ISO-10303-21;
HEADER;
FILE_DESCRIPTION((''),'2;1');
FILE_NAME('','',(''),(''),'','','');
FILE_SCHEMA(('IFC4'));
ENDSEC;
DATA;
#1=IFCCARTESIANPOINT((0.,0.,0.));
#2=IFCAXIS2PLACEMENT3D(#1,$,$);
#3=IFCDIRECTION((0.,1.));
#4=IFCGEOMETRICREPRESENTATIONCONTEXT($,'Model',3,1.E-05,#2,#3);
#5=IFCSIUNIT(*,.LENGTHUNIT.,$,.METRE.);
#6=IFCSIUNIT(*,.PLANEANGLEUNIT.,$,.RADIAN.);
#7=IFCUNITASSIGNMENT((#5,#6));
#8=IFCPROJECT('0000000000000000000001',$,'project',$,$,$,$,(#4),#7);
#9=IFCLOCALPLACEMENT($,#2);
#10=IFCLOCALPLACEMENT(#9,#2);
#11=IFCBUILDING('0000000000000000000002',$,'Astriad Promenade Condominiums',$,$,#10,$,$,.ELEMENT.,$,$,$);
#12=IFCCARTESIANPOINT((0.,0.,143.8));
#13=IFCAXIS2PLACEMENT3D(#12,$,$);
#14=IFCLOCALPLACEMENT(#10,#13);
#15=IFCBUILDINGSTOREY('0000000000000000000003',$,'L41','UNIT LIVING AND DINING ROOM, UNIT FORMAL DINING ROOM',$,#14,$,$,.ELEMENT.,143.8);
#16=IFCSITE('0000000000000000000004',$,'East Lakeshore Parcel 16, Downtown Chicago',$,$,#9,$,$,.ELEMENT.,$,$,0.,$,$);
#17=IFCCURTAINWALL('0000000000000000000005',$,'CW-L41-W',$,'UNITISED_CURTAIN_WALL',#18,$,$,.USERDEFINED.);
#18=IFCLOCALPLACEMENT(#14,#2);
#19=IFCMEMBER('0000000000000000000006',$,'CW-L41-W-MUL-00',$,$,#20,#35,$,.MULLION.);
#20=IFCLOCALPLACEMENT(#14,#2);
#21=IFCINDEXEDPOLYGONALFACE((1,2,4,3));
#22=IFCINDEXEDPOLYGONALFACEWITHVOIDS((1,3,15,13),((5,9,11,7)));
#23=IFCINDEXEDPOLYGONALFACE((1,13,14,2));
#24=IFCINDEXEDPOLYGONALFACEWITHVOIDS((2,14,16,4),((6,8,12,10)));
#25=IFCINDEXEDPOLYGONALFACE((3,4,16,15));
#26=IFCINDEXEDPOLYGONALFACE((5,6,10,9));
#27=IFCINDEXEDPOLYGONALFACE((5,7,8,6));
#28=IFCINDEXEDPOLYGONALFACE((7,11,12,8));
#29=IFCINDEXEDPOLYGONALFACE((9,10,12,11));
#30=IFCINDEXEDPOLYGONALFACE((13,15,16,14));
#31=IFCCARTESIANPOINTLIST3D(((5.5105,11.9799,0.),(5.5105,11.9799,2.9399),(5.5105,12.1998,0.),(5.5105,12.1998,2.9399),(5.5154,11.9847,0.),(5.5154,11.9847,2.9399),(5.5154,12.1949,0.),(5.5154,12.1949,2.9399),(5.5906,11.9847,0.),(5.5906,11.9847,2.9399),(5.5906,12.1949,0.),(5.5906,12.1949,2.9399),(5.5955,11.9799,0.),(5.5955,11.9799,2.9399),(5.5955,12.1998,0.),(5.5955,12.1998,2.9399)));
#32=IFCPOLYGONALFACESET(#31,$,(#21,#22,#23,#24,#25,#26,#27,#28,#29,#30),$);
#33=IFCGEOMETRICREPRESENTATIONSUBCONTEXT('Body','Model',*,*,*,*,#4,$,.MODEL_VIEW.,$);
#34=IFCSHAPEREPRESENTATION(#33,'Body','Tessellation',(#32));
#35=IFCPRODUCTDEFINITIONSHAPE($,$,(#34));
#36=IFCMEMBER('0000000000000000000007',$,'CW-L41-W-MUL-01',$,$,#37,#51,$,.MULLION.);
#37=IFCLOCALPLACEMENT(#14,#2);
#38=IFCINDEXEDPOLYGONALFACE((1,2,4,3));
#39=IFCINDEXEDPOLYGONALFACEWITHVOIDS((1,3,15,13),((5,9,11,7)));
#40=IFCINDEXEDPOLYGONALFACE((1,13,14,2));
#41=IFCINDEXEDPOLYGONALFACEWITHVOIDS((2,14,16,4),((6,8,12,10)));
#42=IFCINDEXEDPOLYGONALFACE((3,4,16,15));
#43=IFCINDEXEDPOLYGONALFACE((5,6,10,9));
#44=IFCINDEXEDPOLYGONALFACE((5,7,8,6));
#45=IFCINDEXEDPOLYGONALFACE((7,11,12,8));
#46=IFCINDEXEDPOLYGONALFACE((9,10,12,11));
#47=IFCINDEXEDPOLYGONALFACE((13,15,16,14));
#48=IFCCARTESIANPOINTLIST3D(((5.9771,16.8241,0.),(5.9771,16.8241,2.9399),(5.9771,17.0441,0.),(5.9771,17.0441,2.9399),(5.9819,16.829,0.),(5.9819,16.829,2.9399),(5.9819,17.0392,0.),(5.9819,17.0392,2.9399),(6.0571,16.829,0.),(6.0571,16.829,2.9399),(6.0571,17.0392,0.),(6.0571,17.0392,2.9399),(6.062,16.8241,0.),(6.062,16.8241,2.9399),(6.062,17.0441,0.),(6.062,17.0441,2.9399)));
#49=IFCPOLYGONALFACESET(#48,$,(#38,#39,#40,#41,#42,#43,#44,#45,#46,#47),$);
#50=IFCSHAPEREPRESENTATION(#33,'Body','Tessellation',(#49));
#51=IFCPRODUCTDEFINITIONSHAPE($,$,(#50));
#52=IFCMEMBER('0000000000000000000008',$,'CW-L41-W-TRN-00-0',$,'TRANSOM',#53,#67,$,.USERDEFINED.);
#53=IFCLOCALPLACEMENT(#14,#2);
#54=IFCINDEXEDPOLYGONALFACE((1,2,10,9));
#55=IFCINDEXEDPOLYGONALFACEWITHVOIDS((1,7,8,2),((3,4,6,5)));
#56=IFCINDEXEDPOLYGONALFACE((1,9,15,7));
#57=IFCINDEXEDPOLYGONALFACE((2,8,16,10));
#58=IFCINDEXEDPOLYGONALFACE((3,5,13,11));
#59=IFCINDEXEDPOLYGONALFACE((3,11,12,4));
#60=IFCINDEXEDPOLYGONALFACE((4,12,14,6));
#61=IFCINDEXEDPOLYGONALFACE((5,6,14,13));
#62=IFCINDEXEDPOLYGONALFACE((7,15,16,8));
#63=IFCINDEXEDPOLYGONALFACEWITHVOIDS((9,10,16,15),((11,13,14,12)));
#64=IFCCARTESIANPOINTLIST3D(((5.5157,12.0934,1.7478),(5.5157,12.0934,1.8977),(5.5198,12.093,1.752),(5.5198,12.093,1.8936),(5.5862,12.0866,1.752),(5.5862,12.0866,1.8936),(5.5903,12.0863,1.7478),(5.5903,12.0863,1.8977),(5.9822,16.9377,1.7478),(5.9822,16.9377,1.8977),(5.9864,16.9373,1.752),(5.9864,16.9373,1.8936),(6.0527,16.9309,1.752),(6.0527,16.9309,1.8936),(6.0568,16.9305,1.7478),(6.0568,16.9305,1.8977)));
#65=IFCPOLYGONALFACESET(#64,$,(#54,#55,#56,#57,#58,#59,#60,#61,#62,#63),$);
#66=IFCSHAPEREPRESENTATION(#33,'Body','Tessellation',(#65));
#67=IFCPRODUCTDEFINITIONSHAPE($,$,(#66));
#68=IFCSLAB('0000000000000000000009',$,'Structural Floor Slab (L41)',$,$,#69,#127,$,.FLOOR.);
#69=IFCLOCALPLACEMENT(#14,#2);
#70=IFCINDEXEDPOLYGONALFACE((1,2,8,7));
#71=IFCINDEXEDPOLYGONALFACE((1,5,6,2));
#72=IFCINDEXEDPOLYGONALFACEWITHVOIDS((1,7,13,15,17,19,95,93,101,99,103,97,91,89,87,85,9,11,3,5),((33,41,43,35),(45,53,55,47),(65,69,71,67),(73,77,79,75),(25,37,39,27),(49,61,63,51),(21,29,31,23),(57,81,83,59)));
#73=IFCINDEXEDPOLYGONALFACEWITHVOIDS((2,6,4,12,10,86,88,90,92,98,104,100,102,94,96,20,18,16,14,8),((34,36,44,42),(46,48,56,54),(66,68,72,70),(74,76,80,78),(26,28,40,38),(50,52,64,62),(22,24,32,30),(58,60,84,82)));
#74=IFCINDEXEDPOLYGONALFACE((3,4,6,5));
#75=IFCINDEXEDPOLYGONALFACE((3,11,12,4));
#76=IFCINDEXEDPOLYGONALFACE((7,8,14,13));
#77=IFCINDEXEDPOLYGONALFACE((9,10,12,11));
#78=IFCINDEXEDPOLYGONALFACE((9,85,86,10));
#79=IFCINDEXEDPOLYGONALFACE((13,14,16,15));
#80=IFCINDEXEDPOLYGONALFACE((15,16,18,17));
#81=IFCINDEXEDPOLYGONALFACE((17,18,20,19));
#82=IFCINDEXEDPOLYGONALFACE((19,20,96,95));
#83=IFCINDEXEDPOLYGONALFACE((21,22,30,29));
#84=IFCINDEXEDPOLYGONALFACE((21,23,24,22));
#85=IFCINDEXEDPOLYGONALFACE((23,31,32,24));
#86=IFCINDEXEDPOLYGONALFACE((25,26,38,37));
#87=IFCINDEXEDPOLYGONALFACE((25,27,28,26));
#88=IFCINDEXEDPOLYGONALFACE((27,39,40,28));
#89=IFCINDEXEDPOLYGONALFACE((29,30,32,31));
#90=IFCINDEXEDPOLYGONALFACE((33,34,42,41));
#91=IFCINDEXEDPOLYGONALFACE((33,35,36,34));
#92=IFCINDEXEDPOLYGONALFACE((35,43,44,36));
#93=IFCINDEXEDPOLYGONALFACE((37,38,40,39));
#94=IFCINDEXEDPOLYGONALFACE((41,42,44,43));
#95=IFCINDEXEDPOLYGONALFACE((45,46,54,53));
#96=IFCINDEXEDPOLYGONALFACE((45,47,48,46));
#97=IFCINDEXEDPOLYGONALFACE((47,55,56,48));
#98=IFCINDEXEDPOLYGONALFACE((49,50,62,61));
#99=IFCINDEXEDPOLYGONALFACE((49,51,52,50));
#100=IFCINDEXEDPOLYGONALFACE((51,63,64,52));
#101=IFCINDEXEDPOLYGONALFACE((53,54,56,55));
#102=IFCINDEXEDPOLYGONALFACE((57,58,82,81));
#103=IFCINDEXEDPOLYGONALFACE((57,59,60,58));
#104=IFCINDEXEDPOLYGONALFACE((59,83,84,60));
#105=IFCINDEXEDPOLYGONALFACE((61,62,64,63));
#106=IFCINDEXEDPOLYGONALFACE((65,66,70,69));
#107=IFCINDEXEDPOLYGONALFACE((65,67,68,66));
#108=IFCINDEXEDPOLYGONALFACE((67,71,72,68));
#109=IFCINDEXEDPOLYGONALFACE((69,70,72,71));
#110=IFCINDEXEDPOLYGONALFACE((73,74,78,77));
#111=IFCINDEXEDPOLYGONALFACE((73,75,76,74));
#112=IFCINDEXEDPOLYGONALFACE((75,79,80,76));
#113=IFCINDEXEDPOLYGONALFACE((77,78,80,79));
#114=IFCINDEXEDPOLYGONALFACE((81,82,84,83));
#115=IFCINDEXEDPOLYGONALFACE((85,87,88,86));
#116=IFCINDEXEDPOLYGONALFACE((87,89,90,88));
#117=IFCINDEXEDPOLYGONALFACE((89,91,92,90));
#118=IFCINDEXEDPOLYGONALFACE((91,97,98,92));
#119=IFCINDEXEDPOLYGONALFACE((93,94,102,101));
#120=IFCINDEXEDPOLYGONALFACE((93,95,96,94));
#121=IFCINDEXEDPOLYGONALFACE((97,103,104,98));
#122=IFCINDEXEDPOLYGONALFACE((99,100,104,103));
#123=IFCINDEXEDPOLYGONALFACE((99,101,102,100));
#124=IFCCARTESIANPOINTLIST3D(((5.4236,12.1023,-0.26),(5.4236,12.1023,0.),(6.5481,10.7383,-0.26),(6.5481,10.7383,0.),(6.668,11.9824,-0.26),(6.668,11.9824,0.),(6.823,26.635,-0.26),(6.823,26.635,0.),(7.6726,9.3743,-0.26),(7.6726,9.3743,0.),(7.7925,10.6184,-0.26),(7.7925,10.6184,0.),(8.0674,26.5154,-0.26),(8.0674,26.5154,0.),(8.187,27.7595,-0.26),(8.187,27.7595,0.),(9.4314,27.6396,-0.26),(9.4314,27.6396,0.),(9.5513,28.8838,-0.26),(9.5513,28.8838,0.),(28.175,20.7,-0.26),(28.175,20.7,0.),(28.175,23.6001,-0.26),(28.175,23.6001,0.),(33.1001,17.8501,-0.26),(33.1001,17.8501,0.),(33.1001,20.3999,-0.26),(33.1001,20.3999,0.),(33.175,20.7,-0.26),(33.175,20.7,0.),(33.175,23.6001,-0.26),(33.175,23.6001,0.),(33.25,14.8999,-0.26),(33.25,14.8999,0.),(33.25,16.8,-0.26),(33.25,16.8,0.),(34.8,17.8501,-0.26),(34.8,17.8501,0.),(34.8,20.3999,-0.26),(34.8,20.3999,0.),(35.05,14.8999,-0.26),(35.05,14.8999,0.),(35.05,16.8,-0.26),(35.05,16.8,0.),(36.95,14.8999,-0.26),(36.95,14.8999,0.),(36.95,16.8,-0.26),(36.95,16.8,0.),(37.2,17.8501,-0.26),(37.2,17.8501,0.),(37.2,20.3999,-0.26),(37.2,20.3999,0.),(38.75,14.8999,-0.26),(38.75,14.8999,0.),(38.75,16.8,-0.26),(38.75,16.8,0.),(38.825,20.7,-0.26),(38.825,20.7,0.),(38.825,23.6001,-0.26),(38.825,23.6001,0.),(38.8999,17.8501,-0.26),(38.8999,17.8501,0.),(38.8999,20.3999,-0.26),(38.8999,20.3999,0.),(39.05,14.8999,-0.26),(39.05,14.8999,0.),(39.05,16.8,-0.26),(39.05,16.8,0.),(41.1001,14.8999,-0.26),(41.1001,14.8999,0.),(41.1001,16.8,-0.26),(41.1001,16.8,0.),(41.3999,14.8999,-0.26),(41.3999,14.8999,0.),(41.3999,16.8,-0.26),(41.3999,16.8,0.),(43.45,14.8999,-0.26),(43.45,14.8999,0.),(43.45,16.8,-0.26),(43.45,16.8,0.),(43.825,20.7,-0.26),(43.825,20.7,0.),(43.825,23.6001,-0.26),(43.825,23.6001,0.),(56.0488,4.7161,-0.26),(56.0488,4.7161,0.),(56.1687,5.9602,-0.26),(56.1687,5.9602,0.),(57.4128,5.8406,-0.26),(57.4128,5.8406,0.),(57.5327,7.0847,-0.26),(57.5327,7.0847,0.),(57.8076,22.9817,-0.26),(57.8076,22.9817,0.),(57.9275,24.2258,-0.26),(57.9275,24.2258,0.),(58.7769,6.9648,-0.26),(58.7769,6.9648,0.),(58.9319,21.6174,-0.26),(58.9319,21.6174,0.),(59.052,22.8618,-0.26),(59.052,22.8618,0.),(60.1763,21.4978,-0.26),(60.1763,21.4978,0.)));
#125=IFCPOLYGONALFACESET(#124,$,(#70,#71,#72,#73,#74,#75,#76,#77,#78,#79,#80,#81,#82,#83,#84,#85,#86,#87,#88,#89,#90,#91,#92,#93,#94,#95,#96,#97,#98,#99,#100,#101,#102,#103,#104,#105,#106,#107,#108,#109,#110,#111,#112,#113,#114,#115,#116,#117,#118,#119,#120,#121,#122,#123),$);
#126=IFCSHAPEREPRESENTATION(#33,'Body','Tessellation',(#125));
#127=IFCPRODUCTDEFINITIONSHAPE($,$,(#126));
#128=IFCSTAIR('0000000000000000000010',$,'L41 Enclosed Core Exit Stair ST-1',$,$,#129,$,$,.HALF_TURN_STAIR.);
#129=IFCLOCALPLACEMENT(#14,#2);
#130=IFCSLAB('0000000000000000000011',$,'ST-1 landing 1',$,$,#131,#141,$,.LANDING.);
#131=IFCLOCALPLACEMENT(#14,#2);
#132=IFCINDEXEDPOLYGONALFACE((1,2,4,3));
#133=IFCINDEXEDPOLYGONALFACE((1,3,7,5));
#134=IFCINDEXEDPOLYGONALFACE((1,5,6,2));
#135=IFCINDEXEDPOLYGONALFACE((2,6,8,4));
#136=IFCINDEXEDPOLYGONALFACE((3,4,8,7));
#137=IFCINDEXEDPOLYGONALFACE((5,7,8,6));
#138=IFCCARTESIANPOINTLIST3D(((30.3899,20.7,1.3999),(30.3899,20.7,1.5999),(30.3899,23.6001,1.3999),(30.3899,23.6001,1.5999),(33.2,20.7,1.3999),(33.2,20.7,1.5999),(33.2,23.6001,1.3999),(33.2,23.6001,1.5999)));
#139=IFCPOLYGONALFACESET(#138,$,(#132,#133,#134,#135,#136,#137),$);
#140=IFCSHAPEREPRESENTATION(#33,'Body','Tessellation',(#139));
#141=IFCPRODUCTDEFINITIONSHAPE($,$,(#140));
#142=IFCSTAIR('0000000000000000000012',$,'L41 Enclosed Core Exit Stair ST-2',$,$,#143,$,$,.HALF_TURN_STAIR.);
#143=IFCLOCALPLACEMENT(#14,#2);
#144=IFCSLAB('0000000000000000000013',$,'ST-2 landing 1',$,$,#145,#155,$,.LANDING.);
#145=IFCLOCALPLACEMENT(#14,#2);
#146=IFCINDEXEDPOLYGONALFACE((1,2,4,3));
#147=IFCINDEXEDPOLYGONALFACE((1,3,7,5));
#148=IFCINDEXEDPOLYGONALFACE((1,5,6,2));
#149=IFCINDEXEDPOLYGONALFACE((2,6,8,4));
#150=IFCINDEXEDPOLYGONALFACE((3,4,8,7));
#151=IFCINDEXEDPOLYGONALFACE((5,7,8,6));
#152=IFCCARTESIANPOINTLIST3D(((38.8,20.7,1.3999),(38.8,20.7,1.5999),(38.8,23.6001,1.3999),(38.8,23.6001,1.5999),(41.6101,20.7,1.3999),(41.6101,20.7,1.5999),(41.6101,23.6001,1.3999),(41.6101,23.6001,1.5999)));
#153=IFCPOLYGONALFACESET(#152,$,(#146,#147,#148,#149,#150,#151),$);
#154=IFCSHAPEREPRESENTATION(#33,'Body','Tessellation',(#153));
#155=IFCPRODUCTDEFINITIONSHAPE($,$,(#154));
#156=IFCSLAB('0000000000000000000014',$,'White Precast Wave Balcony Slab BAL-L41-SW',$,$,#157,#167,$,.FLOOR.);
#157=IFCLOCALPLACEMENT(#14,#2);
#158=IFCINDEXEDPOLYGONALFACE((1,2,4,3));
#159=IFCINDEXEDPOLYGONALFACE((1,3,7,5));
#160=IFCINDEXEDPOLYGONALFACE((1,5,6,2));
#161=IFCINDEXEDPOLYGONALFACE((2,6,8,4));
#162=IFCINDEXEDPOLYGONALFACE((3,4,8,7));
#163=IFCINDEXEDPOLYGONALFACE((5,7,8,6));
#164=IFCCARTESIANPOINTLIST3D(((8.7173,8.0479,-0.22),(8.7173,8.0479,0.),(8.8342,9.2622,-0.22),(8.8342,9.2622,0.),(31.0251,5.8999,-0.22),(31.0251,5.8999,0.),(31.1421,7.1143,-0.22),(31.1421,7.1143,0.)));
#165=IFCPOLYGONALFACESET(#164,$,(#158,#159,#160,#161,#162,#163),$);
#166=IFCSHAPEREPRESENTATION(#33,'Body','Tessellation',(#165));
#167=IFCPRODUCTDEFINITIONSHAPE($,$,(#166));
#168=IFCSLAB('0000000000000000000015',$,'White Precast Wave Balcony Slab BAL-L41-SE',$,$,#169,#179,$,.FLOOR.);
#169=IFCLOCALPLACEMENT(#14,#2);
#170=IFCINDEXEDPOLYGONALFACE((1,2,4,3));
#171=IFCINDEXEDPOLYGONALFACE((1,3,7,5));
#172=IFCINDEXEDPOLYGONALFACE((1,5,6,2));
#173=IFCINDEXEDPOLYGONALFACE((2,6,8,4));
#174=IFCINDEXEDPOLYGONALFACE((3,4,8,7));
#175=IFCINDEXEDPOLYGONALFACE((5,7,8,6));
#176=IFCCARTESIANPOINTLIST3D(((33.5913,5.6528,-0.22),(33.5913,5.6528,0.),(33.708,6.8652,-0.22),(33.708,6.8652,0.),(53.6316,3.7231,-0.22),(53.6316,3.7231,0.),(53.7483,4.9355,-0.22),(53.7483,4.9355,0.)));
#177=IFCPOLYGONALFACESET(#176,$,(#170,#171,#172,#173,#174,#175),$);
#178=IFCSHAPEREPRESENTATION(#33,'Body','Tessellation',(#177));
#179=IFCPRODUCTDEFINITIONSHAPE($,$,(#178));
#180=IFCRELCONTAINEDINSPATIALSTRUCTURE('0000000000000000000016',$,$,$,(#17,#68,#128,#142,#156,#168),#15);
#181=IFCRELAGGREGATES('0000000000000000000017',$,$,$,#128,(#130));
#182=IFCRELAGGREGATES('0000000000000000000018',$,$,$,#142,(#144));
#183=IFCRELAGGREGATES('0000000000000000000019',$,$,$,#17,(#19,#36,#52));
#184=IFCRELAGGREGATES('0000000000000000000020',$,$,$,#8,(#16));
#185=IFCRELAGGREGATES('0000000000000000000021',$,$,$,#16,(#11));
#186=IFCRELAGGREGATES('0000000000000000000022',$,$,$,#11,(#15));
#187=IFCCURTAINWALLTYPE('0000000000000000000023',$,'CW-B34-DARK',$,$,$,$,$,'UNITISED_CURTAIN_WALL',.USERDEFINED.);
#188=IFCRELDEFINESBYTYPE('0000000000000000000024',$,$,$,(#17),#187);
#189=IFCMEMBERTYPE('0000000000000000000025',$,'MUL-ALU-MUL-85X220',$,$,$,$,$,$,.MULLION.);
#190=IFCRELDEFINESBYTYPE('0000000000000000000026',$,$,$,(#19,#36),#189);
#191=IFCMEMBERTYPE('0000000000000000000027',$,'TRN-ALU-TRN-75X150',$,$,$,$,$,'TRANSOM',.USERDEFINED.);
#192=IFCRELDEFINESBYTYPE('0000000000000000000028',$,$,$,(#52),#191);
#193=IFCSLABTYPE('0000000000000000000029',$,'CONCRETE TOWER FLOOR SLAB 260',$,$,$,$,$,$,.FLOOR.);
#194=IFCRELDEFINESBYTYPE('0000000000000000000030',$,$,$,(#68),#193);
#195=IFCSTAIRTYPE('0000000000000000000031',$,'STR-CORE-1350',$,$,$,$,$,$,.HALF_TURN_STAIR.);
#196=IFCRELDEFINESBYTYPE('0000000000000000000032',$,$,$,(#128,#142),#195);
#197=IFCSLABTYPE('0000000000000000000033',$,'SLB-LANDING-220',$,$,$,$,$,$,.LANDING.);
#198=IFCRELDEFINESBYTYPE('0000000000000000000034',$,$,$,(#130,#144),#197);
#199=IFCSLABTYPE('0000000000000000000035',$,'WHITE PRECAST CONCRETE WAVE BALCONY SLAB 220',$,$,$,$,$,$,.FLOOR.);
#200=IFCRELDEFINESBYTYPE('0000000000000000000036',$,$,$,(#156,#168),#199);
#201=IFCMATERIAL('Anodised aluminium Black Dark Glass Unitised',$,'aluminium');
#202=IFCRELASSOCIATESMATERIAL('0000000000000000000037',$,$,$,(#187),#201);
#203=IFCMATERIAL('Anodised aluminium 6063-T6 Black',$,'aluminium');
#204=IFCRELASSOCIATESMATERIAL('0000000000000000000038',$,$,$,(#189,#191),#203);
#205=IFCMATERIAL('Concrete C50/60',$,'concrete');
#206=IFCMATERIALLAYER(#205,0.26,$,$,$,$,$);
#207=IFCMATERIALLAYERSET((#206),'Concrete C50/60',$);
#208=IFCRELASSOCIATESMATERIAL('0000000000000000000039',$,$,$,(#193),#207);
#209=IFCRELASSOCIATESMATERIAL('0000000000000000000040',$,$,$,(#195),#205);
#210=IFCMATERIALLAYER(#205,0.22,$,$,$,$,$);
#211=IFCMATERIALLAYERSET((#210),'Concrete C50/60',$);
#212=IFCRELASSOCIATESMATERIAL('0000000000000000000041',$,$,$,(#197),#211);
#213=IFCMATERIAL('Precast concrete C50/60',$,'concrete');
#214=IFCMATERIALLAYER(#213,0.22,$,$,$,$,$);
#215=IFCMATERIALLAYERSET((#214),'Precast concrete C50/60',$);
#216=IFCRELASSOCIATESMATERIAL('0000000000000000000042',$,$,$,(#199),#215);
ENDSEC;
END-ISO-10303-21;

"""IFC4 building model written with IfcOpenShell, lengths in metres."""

from ifc_helpers import new_model, si_unit, direction, frame, origin, origin_2d, place, context, subcontext, project, spatial, polyline, hollow_rectangle, outline, extrude, source, transform, mapped, material, layer, layer_set, material_profile, profile_set, type_object, type_shapes, element, aggregate, save


model = new_model("IFC4")

# Units and contexts
model_context = context("Model", 3, precision=1e-05, world=origin(), true_north=direction((0.0, 1.0)))
body_context = subcontext(model_context, "Body", "Model", "MODEL_VIEW")
ifc_project = project(units=[si_unit("LENGTHUNIT", "METRE"), si_unit("PLANEANGLEUNIT", "RADIAN")], contexts=[model_context])

# Site, building, storey
site_placement = place(None, origin())
site = spatial("IfcSite", under=ifc_project, at=site_placement, Name="East Lakeshore Parcel 16, Downtown Chicago", CompositionType="ELEMENT", RefElevation=0.0)
building_placement = place(site_placement, origin())
building = spatial("IfcBuilding", under=site, at=building_placement, Name="Astriad Promenade Condominiums", CompositionType="ELEMENT")
storey_placement = place(building_placement, frame((0.0, 0.0, 143.8)))
storey = spatial("IfcBuildingStorey", under=building, at=storey_placement, Name="L41", Description="UNIT LIVING AND DINING ROOM, UNIT FORMAL DINING ROOM", CompositionType="ELEMENT", Elevation=143.8)

# Curtain wall, members
ifc_material_1 = material(Name="Anodised aluminium Black Dark Glass Unitised", Category="aluminium")
curtain_wall_type = type_object("IfcCurtainWallType", Name="CW-B34-DARK", ElementType="UNITISED_CURTAIN_WALL", PredefinedType="USERDEFINED", material=ifc_material_1)
curtain_wall_placement = place(storey_placement, origin())
curtain_wall = element("IfcCurtainWall", 1, at=curtain_wall_placement, inside=storey, type_object=curtain_wall_type, Name="CW-L41-W", ObjectType="UNITISED_CURTAIN_WALL", PredefinedType="USERDEFINED")
ifc_material_2 = material(Name="Anodised aluminium 6063-T6 Black", Category="aluminium")
ifc_material_profile_1 = material_profile(ifc_material_2, hollow_rectangle(XDim=0.085, YDim=0.22, WallThickness=0.0049, at=origin_2d()), Name="ALU-MUL-85X220")
ifc_profile_set_1 = profile_set([ifc_material_profile_1], Name="Anodised aluminium 6063-T6 Black")
member_type_1 = type_object("IfcMemberType", Name="MUL-ALU-MUL-85X220", PredefinedType="MULLION", material=ifc_profile_set_1)
shared_shape_1 = source(origin(), body_context, "Body", "SweptSolid", [
    extrude(hollow_rectangle(XDim=0.085, YDim=0.22, WallThickness=0.0049, at=origin_2d()), origin(), (0.0, 0.0, 1.0), 2.9399),
])
type_shapes(member_type_1, [shared_shape_1])
member_1_placement = place(storey_placement, frame((5.553, 12.0898, 0.0), z_axis=(0.0, 0.0, 1.0), x_axis=(1.0, 0.0, 0.0)))
member_1 = element("IfcMember", 2, at=member_1_placement, type_object=member_type_1, Name="CW-L41-W-MUL-00", PredefinedType="MULLION", context=body_context, shape_type="MappedRepresentation", body=[
    mapped(shared_shape_1, transform((0.0, 0.0, 0.0), scale=1.0)),
])
member_2_placement = place(storey_placement, frame((6.0195, 16.9341, 0.0), z_axis=(0.0, 0.0, 1.0), x_axis=(1.0, 0.0, 0.0)))
member_2 = element("IfcMember", 3, at=member_2_placement, type_object=member_type_1, Name="CW-L41-W-MUL-01", PredefinedType="MULLION", context=body_context, shape_type="MappedRepresentation", body=[
    mapped(shared_shape_1, transform((0.0, 0.0, 0.0), scale=1.0)),
])
ifc_material_profile_2 = material_profile(ifc_material_2, hollow_rectangle(XDim=0.075, YDim=0.1499, WallThickness=0.0042, at=origin_2d()), Name="ALU-TRN-75X150")
ifc_profile_set_2 = profile_set([ifc_material_profile_2], Name="Anodised aluminium 6063-T6 Black")
member_type_2 = type_object("IfcMemberType", Name="TRN-ALU-TRN-75X150", ElementType="TRANSOM", PredefinedType="USERDEFINED", material=ifc_profile_set_2)
shared_shape_2 = source(origin(), body_context, "Body", "SweptSolid", [
    extrude(hollow_rectangle(XDim=0.075, YDim=0.1499, WallThickness=0.0042, at=origin_2d()), origin(), (0.0, 0.0, 1.0), 4.8667),
])
type_shapes(member_type_2, [shared_shape_2])
member_3_placement = place(storey_placement, frame((5.553, 12.0898, 1.8228), z_axis=(0.095867, 0.995394, 0.0), x_axis=(-0.995394, 0.095867, 0.0)))
member_3 = element("IfcMember", 4, at=member_3_placement, type_object=member_type_2, Name="CW-L41-W-TRN-00-0", ObjectType="TRANSOM", PredefinedType="USERDEFINED", context=body_context, shape_type="MappedRepresentation", body=[
    mapped(shared_shape_2, transform((0.0, 0.0, 0.0), scale=1.0)),
])

# Slab
ifc_material_3 = material(Name="Concrete C50/60", Category="concrete")
ifc_layer_1 = layer(ifc_material_3, 0.26)
ifc_layer_set_1 = layer_set([ifc_layer_1], Name="Concrete C50/60")
slab_type_1 = type_object("IfcSlabType", Name="CONCRETE TOWER FLOOR SLAB 260", PredefinedType="FLOOR", material=ifc_layer_set_1)
slab_1_placement = place(storey_placement, frame((0.0, 0.0, -0.26)))
element("IfcSlab", 5, at=slab_1_placement, inside=storey, type_object=slab_type_1, Name="Structural Floor Slab (L41)", PredefinedType="FLOOR", context=body_context, shape_type="SweptSolid", body=[
    extrude(outline(polyline([(7.6726, 9.3743), (56.0488, 4.7161), (56.1687, 5.9602), (57.4128, 5.8406), (57.5327, 7.0847), (58.7769, 6.9648), (60.1763, 21.4978), (58.9319, 21.6174), (59.052, 22.8618), (57.8076, 22.9817), (57.9275, 24.2258), (9.5513, 28.8838), (9.4314, 27.6396), (8.187, 27.7595), (8.0674, 26.5154), (6.823, 26.635), (5.4236, 12.1023), (6.668, 11.9824), (6.5481, 10.7383), (7.7925, 10.6184), (7.6726, 9.3743)]), holes=[polyline([(28.175, 20.7), (33.175, 20.7), (33.175, 23.6001), (28.175, 23.6001), (28.175, 20.7)]), polyline([(38.825, 20.7), (43.825, 20.7), (43.825, 23.6001), (38.825, 23.6001), (38.825, 20.7)]), polyline([(33.1001, 17.8501), (34.8, 17.8501), (34.8, 20.3999), (33.1001, 20.3999), (33.1001, 17.8501)]), polyline([(37.2, 17.8501), (38.8999, 17.8501), (38.8999, 20.3999), (37.2, 20.3999), (37.2, 17.8501)]), polyline([(33.25, 14.8999), (35.05, 14.8999), (35.05, 16.8), (33.25, 16.8), (33.25, 14.8999)]), polyline([(36.95, 14.8999), (38.75, 14.8999), (38.75, 16.8), (36.95, 16.8), (36.95, 14.8999)]), polyline([(39.05, 14.8999), (41.1001, 14.8999), (41.1001, 16.8), (39.05, 16.8), (39.05, 14.8999)]), polyline([(41.3999, 14.8999), (43.45, 14.8999), (43.45, 16.8), (41.3999, 16.8), (41.3999, 14.8999)])]), origin(), (0.0, 0.0, 1.0), 0.26),
])

# Stairs, slabs
stair_type = type_object("IfcStairType", Name="STR-CORE-1350", PredefinedType="HALF_TURN_STAIR", material=ifc_material_3)
stair_1_placement = place(storey_placement, origin())
stair_1 = element("IfcStair", 6, at=stair_1_placement, inside=storey, type_object=stair_type, Name="L41 Enclosed Core Exit Stair ST-1", PredefinedType="HALF_TURN_STAIR")
ifc_layer_2 = layer(ifc_material_3, 0.22)
ifc_layer_set_2 = layer_set([ifc_layer_2], Name="Concrete C50/60")
slab_type_2 = type_object("IfcSlabType", Name="SLB-LANDING-220", PredefinedType="LANDING", material=ifc_layer_set_2)
slab_2_placement = place(storey_placement, frame((0.0, 0.0, 1.3999)))
slab_2 = element("IfcSlab", 7, at=slab_2_placement, type_object=slab_type_2, Name="ST-1 landing 1", PredefinedType="LANDING", context=body_context, shape_type="SweptSolid", body=[
    extrude(outline(polyline([(30.3899, 20.7), (33.2, 20.7), (33.2, 23.6001), (30.3899, 23.6001), (30.3899, 20.7)])), origin(), (0.0, 0.0, 1.0), 0.2),
])
aggregate(stair_1, [slab_2])
stair_2_placement = place(storey_placement, origin())
stair_2 = element("IfcStair", 8, at=stair_2_placement, inside=storey, type_object=stair_type, Name="L41 Enclosed Core Exit Stair ST-2", PredefinedType="HALF_TURN_STAIR")
slab_3_placement = place(storey_placement, frame((0.0, 0.0, 1.3999)))
slab_3 = element("IfcSlab", 9, at=slab_3_placement, type_object=slab_type_2, Name="ST-2 landing 1", PredefinedType="LANDING", context=body_context, shape_type="SweptSolid", body=[
    extrude(outline(polyline([(41.6101, 23.6001), (38.8, 23.6001), (38.8, 20.7), (41.6101, 20.7), (41.6101, 23.6001)])), origin(), (0.0, 0.0, 1.0), 0.2),
])
aggregate(stair_2, [slab_3])

# Slabs
ifc_material_4 = material(Name="Precast concrete C50/60", Category="concrete")
ifc_layer_3 = layer(ifc_material_4, 0.22)
ifc_layer_set_3 = layer_set([ifc_layer_3], Name="Precast concrete C50/60")
slab_type_3 = type_object("IfcSlabType", Name="WHITE PRECAST CONCRETE WAVE BALCONY SLAB 220", PredefinedType="FLOOR", material=ifc_layer_set_3)
slab_4_placement = place(storey_placement, frame((0.0, 0.0, -0.22)))
element("IfcSlab", 10, at=slab_4_placement, inside=storey, type_object=slab_type_3, Name="White Precast Wave Balcony Slab BAL-L41-SW", PredefinedType="FLOOR", context=body_context, shape_type="SweptSolid", body=[
    extrude(outline(polyline([(8.7173, 8.0479), (31.0251, 5.8999), (31.1421, 7.1143), (8.8342, 9.2622), (8.7173, 8.0479)])), origin(), (0.0, 0.0, 1.0), 0.22),
])
slab_5_placement = place(storey_placement, frame((0.0, 0.0, -0.22)))
element("IfcSlab", 11, at=slab_5_placement, inside=storey, type_object=slab_type_3, Name="White Precast Wave Balcony Slab BAL-L41-SE", PredefinedType="FLOOR", context=body_context, shape_type="SweptSolid", body=[
    extrude(outline(polyline([(53.6316, 3.7231), (33.5913, 5.6528), (33.708, 6.8652), (53.7483, 4.9355), (53.6316, 3.7231)])), origin(), (0.0, 0.0, 1.0), 0.22),
])

aggregate(curtain_wall, [member_1, member_2, member_3])

save(model, "model.ifc")
